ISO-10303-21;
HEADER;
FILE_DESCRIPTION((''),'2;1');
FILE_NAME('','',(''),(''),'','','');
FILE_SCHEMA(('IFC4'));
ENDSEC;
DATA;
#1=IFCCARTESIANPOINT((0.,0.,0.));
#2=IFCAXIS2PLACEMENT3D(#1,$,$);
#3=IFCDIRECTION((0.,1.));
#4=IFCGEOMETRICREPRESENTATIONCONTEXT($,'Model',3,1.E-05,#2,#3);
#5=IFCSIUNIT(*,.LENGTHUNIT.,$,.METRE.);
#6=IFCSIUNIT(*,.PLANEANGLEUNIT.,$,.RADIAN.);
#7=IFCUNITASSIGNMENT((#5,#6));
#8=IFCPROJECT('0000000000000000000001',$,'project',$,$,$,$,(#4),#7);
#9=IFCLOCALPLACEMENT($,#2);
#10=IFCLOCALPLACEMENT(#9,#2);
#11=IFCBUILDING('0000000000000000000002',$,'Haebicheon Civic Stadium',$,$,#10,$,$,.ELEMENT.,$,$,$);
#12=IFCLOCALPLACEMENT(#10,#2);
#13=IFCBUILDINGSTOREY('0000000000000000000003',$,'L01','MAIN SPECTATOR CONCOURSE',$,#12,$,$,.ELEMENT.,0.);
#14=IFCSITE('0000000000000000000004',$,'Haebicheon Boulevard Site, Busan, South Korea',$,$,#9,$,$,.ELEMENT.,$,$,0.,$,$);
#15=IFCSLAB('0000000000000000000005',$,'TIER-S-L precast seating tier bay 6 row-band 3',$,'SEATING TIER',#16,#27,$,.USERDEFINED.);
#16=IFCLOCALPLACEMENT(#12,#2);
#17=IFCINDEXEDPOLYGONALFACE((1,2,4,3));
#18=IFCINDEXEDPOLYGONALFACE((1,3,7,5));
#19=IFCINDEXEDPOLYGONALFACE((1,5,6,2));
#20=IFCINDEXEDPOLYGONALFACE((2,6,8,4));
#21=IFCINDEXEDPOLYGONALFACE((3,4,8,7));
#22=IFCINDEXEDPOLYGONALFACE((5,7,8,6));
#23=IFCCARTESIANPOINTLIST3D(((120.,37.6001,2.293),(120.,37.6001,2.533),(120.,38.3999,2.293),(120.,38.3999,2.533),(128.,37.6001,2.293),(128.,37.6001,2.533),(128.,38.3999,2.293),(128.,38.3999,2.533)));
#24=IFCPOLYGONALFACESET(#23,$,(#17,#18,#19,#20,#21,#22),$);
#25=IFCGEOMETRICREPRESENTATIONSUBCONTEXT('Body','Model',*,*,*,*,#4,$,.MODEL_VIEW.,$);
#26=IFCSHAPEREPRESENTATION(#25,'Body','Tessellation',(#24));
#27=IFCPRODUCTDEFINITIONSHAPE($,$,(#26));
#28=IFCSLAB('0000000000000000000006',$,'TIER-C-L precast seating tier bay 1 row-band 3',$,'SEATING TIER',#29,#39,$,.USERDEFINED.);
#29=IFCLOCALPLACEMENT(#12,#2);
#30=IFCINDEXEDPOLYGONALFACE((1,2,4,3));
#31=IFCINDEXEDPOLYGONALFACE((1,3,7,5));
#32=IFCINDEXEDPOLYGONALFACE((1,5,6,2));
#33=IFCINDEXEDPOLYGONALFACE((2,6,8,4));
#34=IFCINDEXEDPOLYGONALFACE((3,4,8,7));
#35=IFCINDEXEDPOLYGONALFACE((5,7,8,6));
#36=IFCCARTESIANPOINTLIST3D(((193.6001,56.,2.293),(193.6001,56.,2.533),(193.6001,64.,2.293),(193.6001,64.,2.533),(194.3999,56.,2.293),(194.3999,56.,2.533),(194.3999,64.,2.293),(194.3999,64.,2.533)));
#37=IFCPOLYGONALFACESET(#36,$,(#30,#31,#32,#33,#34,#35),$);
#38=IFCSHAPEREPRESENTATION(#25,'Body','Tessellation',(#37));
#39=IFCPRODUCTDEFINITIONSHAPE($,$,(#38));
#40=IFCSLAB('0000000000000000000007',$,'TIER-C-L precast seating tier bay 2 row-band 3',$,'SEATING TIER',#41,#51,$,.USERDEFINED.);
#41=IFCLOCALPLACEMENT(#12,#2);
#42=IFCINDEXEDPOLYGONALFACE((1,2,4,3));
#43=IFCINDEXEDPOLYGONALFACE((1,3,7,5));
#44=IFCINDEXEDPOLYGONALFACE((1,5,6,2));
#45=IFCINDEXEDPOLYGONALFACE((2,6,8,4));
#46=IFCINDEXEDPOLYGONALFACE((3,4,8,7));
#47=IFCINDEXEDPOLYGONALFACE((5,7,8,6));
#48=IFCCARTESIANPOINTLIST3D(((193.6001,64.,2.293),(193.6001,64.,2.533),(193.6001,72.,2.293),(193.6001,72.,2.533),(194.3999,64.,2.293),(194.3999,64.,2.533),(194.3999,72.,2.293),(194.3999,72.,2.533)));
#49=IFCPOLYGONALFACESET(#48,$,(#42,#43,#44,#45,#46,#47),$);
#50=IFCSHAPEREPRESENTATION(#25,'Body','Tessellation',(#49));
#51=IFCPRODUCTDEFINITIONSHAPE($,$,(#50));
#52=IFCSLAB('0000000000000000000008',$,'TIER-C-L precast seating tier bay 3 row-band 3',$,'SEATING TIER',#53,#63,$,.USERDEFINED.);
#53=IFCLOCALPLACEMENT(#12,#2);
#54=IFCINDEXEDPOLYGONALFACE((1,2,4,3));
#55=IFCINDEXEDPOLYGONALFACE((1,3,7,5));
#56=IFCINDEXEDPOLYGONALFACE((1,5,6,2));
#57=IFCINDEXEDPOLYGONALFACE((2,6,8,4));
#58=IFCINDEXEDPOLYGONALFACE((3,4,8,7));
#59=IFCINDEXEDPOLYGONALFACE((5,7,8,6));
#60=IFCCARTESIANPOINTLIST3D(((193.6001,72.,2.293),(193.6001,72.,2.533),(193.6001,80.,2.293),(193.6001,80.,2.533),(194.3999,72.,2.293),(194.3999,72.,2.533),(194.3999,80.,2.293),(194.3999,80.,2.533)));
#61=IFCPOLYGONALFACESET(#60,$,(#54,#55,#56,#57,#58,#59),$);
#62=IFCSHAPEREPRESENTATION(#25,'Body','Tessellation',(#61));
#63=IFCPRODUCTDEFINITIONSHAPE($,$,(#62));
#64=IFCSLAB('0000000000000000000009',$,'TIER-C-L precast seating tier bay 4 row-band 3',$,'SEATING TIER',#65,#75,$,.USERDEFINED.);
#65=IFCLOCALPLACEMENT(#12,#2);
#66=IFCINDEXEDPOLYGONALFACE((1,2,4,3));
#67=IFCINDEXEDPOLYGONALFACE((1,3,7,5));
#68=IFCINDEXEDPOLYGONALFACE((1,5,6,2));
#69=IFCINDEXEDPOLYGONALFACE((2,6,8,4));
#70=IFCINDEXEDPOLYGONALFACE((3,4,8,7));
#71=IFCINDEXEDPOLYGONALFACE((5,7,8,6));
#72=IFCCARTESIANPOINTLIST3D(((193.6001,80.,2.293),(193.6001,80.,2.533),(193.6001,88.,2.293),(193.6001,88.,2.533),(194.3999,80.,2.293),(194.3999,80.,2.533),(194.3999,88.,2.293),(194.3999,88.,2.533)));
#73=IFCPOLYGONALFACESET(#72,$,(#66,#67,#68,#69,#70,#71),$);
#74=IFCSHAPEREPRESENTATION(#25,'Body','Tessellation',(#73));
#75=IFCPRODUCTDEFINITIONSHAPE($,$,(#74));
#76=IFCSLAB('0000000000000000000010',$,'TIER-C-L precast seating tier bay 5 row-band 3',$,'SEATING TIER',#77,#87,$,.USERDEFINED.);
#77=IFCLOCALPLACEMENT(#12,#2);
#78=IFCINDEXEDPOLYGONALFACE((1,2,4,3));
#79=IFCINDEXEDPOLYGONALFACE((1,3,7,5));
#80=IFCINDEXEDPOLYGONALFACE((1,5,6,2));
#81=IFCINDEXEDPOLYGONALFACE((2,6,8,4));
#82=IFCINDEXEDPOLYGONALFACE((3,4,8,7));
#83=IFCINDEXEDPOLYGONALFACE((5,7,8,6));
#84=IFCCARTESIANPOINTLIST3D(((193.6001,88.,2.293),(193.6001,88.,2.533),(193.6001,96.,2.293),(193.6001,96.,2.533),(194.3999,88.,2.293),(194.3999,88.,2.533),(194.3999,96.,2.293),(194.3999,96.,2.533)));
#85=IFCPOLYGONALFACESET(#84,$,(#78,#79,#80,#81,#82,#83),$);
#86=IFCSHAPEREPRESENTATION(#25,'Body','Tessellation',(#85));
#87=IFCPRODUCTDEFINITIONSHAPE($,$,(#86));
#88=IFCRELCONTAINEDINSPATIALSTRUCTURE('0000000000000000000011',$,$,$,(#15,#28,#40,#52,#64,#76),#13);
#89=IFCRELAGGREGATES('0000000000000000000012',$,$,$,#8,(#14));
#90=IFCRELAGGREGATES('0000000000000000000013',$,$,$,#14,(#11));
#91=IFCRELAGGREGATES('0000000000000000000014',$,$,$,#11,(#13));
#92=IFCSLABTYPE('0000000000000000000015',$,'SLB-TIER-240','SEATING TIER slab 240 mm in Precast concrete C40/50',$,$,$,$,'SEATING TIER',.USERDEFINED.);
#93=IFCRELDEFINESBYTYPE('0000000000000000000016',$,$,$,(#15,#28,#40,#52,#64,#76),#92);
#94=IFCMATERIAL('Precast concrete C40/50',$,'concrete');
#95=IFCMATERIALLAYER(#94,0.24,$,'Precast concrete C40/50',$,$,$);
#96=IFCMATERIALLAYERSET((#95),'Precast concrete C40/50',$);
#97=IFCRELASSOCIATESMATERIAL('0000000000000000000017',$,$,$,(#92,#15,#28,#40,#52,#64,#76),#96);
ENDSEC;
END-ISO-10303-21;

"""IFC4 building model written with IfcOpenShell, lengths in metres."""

from ifc_helpers import new_model, si_unit, direction, frame, origin, place, context, subcontext, project, spatial, polyline, outline, extrude, material, layer, layer_set, type_object, element, save


model = new_model("IFC4")

# Units and contexts
model_context = context("Model", 3, precision=1e-05, world=origin(), true_north=direction((0.0, 1.0)))
body_context = subcontext(model_context, "Body", "Model", "MODEL_VIEW")
ifc_project = project(units=[si_unit("LENGTHUNIT", "METRE"), si_unit("PLANEANGLEUNIT", "RADIAN")], contexts=[model_context])

# Site, building, storey
site_placement = place(None, origin())
site = spatial("IfcSite", under=ifc_project, at=site_placement, Name="Haebicheon Boulevard Site, Busan, South Korea", CompositionType="ELEMENT", RefElevation=0.0)
building_placement = place(site_placement, origin())
building = spatial("IfcBuilding", under=site, at=building_placement, Name="Haebicheon Civic Stadium", CompositionType="ELEMENT")
storey_placement = place(building_placement, origin())
storey = spatial("IfcBuildingStorey", under=building, at=storey_placement, Name="L01", Description="MAIN SPECTATOR CONCOURSE", CompositionType="ELEMENT", Elevation=0.0)

# Slabs
ifc_material = material(Name="Precast concrete C40/50", Category="concrete")
ifc_layer = layer(ifc_material, 0.24, Name="Precast concrete C40/50")
ifc_layer_set = layer_set([ifc_layer], Name="Precast concrete C40/50")
slab_type = type_object("IfcSlabType", Name="SLB-TIER-240", Description="SEATING TIER slab 240 mm in Precast concrete C40/50", ElementType="SEATING TIER", PredefinedType="USERDEFINED", material=ifc_layer_set)
slab_1_placement = place(storey_placement, frame((0.0, 0.0, 2.293)))
element("IfcSlab", 1, at=slab_1_placement, inside=storey, type_object=slab_type, material=ifc_layer_set, Name="TIER-S-L precast seating tier bay 6 row-band 3", ObjectType="SEATING TIER", PredefinedType="USERDEFINED", context=body_context, shape_type="SweptSolid", body=[
    extrude(outline(polyline([(120.0, 37.6001), (128.0, 37.6001), (128.0, 38.3999), (120.0, 38.3999), (120.0, 37.6001)])), origin(), (0.0, 0.0, 1.0), 0.24),
])
slab_2_placement = place(storey_placement, frame((0.0, 0.0, 2.293)))
element("IfcSlab", 2, at=slab_2_placement, inside=storey, type_object=slab_type, material=ifc_layer_set, Name="TIER-C-L precast seating tier bay 1 row-band 3", ObjectType="SEATING TIER", PredefinedType="USERDEFINED", context=body_context, shape_type="SweptSolid", body=[
    extrude(outline(polyline([(193.6001, 56.0), (194.3999, 56.0), (194.3999, 64.0), (193.6001, 64.0), (193.6001, 56.0)])), origin(), (0.0, 0.0, 1.0), 0.24),
])
slab_3_placement = place(storey_placement, frame((0.0, 0.0, 2.293)))
element("IfcSlab", 3, at=slab_3_placement, inside=storey, type_object=slab_type, material=ifc_layer_set, Name="TIER-C-L precast seating tier bay 2 row-band 3", ObjectType="SEATING TIER", PredefinedType="USERDEFINED", context=body_context, shape_type="SweptSolid", body=[
    extrude(outline(polyline([(193.6001, 64.0), (194.3999, 64.0), (194.3999, 72.0), (193.6001, 72.0), (193.6001, 64.0)])), origin(), (0.0, 0.0, 1.0), 0.24),
])
slab_4_placement = place(storey_placement, frame((0.0, 0.0, 2.293)))
element("IfcSlab", 4, at=slab_4_placement, inside=storey, type_object=slab_type, material=ifc_layer_set, Name="TIER-C-L precast seating tier bay 3 row-band 3", ObjectType="SEATING TIER", PredefinedType="USERDEFINED", context=body_context, shape_type="SweptSolid", body=[
    extrude(outline(polyline([(193.6001, 72.0), (194.3999, 72.0), (194.3999, 80.0), (193.6001, 80.0), (193.6001, 72.0)])), origin(), (0.0, 0.0, 1.0), 0.24),
])
slab_5_placement = place(storey_placement, frame((0.0, 0.0, 2.293)))
element("IfcSlab", 5, at=slab_5_placement, inside=storey, type_object=slab_type, material=ifc_layer_set, Name="TIER-C-L precast seating tier bay 4 row-band 3", ObjectType="SEATING TIER", PredefinedType="USERDEFINED", context=body_context, shape_type="SweptSolid", body=[
    extrude(outline(polyline([(193.6001, 80.0), (194.3999, 80.0), (194.3999, 88.0), (193.6001, 88.0), (193.6001, 80.0)])), origin(), (0.0, 0.0, 1.0), 0.24),
])
slab_6_placement = place(storey_placement, frame((0.0, 0.0, 2.293)))
element("IfcSlab", 6, at=slab_6_placement, inside=storey, type_object=slab_type, material=ifc_layer_set, Name="TIER-C-L precast seating tier bay 5 row-band 3", ObjectType="SEATING TIER", PredefinedType="USERDEFINED", context=body_context, shape_type="SweptSolid", body=[
    extrude(outline(polyline([(193.6001, 88.0), (194.3999, 88.0), (194.3999, 96.0), (193.6001, 96.0), (193.6001, 88.0)])), origin(), (0.0, 0.0, 1.0), 0.24),
])

save(model, "model.ifc")
